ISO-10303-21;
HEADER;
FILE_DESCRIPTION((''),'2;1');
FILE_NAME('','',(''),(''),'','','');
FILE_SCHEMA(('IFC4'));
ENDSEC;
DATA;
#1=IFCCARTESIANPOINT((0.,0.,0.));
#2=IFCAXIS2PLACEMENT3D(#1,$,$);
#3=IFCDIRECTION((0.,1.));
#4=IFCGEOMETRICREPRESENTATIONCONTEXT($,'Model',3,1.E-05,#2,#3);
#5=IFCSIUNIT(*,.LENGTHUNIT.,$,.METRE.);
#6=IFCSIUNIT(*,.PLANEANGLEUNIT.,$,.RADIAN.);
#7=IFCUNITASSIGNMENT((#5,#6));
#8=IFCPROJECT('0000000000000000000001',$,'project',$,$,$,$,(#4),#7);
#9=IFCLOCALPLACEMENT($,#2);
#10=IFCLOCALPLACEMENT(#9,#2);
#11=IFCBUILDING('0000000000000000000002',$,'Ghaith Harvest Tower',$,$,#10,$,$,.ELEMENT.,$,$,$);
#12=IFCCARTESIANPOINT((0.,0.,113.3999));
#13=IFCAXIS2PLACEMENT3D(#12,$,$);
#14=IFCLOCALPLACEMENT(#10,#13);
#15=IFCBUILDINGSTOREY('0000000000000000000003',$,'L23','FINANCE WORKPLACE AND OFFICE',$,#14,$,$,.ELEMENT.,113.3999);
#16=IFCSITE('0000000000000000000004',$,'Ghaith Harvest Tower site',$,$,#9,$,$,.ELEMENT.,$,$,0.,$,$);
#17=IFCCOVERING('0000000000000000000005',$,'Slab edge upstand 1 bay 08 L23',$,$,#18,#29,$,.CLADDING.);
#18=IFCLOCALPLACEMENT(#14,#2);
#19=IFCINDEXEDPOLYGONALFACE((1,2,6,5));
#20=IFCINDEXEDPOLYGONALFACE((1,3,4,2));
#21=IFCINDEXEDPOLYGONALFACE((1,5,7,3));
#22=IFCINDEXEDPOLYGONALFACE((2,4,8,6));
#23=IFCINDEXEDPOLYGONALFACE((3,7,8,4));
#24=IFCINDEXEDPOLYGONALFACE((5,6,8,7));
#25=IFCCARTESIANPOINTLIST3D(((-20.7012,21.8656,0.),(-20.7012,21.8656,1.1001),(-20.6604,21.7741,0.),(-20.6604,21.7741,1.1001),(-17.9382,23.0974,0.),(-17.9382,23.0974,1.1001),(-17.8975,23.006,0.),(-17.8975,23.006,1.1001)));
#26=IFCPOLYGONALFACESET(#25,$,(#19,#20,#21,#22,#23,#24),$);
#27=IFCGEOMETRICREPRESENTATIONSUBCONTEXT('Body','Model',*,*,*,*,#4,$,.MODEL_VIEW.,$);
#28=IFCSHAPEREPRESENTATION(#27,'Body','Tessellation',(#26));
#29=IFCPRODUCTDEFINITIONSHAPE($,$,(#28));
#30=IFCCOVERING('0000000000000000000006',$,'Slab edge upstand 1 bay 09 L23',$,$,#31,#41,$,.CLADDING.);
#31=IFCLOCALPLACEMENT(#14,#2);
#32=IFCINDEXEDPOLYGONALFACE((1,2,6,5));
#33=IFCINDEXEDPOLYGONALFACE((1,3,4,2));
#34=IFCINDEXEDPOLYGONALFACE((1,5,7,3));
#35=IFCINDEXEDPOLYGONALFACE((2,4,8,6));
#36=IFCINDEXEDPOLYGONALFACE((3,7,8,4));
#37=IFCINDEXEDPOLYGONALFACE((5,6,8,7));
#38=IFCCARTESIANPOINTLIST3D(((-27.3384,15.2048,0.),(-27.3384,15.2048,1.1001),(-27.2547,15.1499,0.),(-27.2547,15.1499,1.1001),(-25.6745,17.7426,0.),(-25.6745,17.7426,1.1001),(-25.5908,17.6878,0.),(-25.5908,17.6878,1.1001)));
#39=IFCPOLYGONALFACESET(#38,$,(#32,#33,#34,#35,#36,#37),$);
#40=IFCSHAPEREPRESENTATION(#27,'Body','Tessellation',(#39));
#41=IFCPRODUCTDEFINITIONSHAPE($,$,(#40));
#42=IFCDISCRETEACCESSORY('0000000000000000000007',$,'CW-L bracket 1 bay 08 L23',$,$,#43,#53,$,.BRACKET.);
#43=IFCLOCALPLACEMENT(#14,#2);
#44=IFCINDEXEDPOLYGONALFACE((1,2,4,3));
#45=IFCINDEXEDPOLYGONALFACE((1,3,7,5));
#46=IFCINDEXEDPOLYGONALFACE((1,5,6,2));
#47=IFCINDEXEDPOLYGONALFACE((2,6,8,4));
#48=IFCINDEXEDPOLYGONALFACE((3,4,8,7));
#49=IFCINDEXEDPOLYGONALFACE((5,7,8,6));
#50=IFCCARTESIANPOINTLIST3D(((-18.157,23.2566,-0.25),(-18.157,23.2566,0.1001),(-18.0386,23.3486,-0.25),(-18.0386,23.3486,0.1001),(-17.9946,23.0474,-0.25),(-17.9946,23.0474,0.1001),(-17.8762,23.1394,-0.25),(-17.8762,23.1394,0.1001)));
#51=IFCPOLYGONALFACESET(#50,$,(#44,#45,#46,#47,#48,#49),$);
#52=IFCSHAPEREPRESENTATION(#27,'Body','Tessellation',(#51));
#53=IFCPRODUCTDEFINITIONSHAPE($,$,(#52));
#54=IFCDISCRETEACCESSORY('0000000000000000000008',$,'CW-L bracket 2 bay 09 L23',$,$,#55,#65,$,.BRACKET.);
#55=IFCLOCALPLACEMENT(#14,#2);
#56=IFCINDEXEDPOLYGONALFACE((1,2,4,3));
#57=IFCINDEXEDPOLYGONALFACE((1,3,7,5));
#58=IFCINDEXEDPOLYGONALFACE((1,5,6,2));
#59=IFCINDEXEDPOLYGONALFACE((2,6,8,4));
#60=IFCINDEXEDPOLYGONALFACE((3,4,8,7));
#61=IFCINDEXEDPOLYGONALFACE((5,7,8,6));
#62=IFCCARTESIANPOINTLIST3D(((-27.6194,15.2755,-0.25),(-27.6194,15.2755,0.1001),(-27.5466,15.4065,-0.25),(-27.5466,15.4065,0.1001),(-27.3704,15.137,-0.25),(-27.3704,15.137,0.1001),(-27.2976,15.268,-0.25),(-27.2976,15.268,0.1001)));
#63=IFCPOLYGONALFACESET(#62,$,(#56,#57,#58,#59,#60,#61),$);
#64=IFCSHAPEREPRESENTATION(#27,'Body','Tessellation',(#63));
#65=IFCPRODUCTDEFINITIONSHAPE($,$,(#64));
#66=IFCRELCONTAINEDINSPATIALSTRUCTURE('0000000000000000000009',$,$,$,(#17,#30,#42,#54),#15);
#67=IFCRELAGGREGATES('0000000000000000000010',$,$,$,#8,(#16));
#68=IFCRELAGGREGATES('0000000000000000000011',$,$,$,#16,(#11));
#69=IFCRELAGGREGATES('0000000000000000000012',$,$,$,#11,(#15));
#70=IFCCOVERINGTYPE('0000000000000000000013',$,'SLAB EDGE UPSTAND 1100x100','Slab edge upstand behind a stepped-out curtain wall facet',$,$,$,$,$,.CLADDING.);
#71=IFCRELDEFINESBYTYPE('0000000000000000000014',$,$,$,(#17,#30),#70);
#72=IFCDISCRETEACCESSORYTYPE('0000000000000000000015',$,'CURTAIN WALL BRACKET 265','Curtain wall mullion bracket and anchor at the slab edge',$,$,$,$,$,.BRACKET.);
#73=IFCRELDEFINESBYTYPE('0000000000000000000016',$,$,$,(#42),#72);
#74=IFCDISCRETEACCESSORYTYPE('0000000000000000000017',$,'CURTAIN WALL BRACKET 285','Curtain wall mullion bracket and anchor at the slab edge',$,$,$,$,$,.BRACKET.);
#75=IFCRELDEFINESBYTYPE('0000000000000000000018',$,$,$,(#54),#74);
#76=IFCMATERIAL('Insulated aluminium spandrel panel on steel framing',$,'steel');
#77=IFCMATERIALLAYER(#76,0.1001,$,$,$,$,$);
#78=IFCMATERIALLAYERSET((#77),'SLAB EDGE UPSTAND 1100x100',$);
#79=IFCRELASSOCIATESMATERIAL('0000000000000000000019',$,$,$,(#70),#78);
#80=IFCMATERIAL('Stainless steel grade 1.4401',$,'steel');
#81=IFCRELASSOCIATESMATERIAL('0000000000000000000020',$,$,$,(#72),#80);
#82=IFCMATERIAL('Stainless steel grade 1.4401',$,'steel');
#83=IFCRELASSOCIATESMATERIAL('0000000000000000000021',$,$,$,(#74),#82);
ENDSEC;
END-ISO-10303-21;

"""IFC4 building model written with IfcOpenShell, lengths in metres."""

from ifc_helpers import new_model, si_unit, direction, frame, origin, origin_2d, place, context, subcontext, project, spatial, rectangle, extrude, material, layer, layer_set, type_object, element, save


model = new_model("IFC4")

# Units and contexts
model_context = context("Model", 3, precision=1e-05, world=origin(), true_north=direction((0.0, 1.0)))
body_context = subcontext(model_context, "Body", "Model", "MODEL_VIEW")
ifc_project = project(units=[si_unit("LENGTHUNIT", "METRE"), si_unit("PLANEANGLEUNIT", "RADIAN")], contexts=[model_context])

# Site, building, storey
site_placement = place(None, origin())
site = spatial("IfcSite", under=ifc_project, at=site_placement, Name="Ghaith Harvest Tower site", CompositionType="ELEMENT", RefElevation=0.0)
building_placement = place(site_placement, origin())
building = spatial("IfcBuilding", under=site, at=building_placement, Name="Ghaith Harvest Tower", CompositionType="ELEMENT")
storey_placement = place(building_placement, frame((0.0, 0.0, 113.3999)))
storey = spatial("IfcBuildingStorey", under=building, at=storey_placement, Name="L23", Description="FINANCE WORKPLACE AND OFFICE", CompositionType="ELEMENT", Elevation=113.3999)

# Coverings
ifc_material_1 = material(Name="Insulated aluminium spandrel panel on steel framing", Category="steel")
ifc_layer_1 = layer(ifc_material_1, 0.1001)
ifc_layer_set_1 = layer_set([ifc_layer_1], Name="SLAB EDGE UPSTAND 1100x100")
covering_type = type_object("IfcCoveringType", Name="SLAB EDGE UPSTAND 1100x100", Description="Slab edge upstand behind a stepped-out curtain wall facet", PredefinedType="CLADDING", material=ifc_layer_set_1)
covering_1_placement = place(storey_placement, frame((-19.2993, 22.4358, 0.0), z_axis=(0.0, 0.0, 1.0), x_axis=(-0.913335, -0.40721, 0.0)))
element("IfcCovering", 1, at=covering_1_placement, inside=storey, type_object=covering_type, Name="Slab edge upstand 1 bay 08 L23", PredefinedType="CLADDING", context=body_context, shape_type="SweptSolid", body=[
    extrude(rectangle(XDim=3.0251, YDim=0.1001, at=origin_2d()), origin(), (0.0, 0.0, 1.0), 1.1001),
])
covering_2_placement = place(storey_placement, frame((-26.4646, 16.4463, 0.0), z_axis=(0.0, 0.0, 1.0), x_axis=(-0.548312, -0.836274, 0.0)))
element("IfcCovering", 2, at=covering_2_placement, inside=storey, type_object=covering_type, Name="Slab edge upstand 1 bay 09 L23", PredefinedType="CLADDING", context=body_context, shape_type="SweptSolid", body=[
    extrude(rectangle(XDim=3.0347, YDim=0.1001, at=origin_2d()), origin(), (0.0, 0.0, 1.0), 1.1001),
])

# Discrete accessories
ifc_material_2 = material(Name="Stainless steel grade 1.4401", Category="steel")
discrete_accessory_type_1 = type_object("IfcDiscreteAccessoryType", Name="CURTAIN WALL BRACKET 265", Description="Curtain wall mullion bracket and anchor at the slab edge", PredefinedType="BRACKET", material=ifc_material_2)
discrete_accessory_1_placement = place(storey_placement, frame((-18.0166, 23.198, -0.25), z_axis=(0.0, 0.0, 1.0), x_axis=(-0.613378, 0.78979, 0.0)))
element("IfcDiscreteAccessory", 3, at=discrete_accessory_1_placement, inside=storey, type_object=discrete_accessory_type_1, Name="CW-L bracket 1 bay 08 L23", PredefinedType="BRACKET", context=body_context, shape_type="SweptSolid", body=[
    extrude(rectangle(XDim=0.2649, YDim=0.1499, at=origin_2d()), origin(), (0.0, 0.0, 1.0), 0.3501),
])
ifc_material_3 = material(Name="Stainless steel grade 1.4401", Category="steel")
discrete_accessory_type_2 = type_object("IfcDiscreteAccessoryType", Name="CURTAIN WALL BRACKET 285", Description="Curtain wall mullion bracket and anchor at the slab edge", PredefinedType="BRACKET", material=ifc_material_3)
discrete_accessory_2_placement = place(storey_placement, frame((-27.4585, 15.2717, -0.25), z_axis=(0.0, 0.0, 1.0), x_axis=(-0.873927, 0.486057, 0.0)))
element("IfcDiscreteAccessory", 4, at=discrete_accessory_2_placement, inside=storey, type_object=discrete_accessory_type_2, Name="CW-L bracket 2 bay 09 L23", PredefinedType="BRACKET", context=body_context, shape_type="SweptSolid", body=[
    extrude(rectangle(XDim=0.2849, YDim=0.1499, at=origin_2d()), origin(), (0.0, 0.0, 1.0), 0.3501),
])

save(model, "model.ifc")
